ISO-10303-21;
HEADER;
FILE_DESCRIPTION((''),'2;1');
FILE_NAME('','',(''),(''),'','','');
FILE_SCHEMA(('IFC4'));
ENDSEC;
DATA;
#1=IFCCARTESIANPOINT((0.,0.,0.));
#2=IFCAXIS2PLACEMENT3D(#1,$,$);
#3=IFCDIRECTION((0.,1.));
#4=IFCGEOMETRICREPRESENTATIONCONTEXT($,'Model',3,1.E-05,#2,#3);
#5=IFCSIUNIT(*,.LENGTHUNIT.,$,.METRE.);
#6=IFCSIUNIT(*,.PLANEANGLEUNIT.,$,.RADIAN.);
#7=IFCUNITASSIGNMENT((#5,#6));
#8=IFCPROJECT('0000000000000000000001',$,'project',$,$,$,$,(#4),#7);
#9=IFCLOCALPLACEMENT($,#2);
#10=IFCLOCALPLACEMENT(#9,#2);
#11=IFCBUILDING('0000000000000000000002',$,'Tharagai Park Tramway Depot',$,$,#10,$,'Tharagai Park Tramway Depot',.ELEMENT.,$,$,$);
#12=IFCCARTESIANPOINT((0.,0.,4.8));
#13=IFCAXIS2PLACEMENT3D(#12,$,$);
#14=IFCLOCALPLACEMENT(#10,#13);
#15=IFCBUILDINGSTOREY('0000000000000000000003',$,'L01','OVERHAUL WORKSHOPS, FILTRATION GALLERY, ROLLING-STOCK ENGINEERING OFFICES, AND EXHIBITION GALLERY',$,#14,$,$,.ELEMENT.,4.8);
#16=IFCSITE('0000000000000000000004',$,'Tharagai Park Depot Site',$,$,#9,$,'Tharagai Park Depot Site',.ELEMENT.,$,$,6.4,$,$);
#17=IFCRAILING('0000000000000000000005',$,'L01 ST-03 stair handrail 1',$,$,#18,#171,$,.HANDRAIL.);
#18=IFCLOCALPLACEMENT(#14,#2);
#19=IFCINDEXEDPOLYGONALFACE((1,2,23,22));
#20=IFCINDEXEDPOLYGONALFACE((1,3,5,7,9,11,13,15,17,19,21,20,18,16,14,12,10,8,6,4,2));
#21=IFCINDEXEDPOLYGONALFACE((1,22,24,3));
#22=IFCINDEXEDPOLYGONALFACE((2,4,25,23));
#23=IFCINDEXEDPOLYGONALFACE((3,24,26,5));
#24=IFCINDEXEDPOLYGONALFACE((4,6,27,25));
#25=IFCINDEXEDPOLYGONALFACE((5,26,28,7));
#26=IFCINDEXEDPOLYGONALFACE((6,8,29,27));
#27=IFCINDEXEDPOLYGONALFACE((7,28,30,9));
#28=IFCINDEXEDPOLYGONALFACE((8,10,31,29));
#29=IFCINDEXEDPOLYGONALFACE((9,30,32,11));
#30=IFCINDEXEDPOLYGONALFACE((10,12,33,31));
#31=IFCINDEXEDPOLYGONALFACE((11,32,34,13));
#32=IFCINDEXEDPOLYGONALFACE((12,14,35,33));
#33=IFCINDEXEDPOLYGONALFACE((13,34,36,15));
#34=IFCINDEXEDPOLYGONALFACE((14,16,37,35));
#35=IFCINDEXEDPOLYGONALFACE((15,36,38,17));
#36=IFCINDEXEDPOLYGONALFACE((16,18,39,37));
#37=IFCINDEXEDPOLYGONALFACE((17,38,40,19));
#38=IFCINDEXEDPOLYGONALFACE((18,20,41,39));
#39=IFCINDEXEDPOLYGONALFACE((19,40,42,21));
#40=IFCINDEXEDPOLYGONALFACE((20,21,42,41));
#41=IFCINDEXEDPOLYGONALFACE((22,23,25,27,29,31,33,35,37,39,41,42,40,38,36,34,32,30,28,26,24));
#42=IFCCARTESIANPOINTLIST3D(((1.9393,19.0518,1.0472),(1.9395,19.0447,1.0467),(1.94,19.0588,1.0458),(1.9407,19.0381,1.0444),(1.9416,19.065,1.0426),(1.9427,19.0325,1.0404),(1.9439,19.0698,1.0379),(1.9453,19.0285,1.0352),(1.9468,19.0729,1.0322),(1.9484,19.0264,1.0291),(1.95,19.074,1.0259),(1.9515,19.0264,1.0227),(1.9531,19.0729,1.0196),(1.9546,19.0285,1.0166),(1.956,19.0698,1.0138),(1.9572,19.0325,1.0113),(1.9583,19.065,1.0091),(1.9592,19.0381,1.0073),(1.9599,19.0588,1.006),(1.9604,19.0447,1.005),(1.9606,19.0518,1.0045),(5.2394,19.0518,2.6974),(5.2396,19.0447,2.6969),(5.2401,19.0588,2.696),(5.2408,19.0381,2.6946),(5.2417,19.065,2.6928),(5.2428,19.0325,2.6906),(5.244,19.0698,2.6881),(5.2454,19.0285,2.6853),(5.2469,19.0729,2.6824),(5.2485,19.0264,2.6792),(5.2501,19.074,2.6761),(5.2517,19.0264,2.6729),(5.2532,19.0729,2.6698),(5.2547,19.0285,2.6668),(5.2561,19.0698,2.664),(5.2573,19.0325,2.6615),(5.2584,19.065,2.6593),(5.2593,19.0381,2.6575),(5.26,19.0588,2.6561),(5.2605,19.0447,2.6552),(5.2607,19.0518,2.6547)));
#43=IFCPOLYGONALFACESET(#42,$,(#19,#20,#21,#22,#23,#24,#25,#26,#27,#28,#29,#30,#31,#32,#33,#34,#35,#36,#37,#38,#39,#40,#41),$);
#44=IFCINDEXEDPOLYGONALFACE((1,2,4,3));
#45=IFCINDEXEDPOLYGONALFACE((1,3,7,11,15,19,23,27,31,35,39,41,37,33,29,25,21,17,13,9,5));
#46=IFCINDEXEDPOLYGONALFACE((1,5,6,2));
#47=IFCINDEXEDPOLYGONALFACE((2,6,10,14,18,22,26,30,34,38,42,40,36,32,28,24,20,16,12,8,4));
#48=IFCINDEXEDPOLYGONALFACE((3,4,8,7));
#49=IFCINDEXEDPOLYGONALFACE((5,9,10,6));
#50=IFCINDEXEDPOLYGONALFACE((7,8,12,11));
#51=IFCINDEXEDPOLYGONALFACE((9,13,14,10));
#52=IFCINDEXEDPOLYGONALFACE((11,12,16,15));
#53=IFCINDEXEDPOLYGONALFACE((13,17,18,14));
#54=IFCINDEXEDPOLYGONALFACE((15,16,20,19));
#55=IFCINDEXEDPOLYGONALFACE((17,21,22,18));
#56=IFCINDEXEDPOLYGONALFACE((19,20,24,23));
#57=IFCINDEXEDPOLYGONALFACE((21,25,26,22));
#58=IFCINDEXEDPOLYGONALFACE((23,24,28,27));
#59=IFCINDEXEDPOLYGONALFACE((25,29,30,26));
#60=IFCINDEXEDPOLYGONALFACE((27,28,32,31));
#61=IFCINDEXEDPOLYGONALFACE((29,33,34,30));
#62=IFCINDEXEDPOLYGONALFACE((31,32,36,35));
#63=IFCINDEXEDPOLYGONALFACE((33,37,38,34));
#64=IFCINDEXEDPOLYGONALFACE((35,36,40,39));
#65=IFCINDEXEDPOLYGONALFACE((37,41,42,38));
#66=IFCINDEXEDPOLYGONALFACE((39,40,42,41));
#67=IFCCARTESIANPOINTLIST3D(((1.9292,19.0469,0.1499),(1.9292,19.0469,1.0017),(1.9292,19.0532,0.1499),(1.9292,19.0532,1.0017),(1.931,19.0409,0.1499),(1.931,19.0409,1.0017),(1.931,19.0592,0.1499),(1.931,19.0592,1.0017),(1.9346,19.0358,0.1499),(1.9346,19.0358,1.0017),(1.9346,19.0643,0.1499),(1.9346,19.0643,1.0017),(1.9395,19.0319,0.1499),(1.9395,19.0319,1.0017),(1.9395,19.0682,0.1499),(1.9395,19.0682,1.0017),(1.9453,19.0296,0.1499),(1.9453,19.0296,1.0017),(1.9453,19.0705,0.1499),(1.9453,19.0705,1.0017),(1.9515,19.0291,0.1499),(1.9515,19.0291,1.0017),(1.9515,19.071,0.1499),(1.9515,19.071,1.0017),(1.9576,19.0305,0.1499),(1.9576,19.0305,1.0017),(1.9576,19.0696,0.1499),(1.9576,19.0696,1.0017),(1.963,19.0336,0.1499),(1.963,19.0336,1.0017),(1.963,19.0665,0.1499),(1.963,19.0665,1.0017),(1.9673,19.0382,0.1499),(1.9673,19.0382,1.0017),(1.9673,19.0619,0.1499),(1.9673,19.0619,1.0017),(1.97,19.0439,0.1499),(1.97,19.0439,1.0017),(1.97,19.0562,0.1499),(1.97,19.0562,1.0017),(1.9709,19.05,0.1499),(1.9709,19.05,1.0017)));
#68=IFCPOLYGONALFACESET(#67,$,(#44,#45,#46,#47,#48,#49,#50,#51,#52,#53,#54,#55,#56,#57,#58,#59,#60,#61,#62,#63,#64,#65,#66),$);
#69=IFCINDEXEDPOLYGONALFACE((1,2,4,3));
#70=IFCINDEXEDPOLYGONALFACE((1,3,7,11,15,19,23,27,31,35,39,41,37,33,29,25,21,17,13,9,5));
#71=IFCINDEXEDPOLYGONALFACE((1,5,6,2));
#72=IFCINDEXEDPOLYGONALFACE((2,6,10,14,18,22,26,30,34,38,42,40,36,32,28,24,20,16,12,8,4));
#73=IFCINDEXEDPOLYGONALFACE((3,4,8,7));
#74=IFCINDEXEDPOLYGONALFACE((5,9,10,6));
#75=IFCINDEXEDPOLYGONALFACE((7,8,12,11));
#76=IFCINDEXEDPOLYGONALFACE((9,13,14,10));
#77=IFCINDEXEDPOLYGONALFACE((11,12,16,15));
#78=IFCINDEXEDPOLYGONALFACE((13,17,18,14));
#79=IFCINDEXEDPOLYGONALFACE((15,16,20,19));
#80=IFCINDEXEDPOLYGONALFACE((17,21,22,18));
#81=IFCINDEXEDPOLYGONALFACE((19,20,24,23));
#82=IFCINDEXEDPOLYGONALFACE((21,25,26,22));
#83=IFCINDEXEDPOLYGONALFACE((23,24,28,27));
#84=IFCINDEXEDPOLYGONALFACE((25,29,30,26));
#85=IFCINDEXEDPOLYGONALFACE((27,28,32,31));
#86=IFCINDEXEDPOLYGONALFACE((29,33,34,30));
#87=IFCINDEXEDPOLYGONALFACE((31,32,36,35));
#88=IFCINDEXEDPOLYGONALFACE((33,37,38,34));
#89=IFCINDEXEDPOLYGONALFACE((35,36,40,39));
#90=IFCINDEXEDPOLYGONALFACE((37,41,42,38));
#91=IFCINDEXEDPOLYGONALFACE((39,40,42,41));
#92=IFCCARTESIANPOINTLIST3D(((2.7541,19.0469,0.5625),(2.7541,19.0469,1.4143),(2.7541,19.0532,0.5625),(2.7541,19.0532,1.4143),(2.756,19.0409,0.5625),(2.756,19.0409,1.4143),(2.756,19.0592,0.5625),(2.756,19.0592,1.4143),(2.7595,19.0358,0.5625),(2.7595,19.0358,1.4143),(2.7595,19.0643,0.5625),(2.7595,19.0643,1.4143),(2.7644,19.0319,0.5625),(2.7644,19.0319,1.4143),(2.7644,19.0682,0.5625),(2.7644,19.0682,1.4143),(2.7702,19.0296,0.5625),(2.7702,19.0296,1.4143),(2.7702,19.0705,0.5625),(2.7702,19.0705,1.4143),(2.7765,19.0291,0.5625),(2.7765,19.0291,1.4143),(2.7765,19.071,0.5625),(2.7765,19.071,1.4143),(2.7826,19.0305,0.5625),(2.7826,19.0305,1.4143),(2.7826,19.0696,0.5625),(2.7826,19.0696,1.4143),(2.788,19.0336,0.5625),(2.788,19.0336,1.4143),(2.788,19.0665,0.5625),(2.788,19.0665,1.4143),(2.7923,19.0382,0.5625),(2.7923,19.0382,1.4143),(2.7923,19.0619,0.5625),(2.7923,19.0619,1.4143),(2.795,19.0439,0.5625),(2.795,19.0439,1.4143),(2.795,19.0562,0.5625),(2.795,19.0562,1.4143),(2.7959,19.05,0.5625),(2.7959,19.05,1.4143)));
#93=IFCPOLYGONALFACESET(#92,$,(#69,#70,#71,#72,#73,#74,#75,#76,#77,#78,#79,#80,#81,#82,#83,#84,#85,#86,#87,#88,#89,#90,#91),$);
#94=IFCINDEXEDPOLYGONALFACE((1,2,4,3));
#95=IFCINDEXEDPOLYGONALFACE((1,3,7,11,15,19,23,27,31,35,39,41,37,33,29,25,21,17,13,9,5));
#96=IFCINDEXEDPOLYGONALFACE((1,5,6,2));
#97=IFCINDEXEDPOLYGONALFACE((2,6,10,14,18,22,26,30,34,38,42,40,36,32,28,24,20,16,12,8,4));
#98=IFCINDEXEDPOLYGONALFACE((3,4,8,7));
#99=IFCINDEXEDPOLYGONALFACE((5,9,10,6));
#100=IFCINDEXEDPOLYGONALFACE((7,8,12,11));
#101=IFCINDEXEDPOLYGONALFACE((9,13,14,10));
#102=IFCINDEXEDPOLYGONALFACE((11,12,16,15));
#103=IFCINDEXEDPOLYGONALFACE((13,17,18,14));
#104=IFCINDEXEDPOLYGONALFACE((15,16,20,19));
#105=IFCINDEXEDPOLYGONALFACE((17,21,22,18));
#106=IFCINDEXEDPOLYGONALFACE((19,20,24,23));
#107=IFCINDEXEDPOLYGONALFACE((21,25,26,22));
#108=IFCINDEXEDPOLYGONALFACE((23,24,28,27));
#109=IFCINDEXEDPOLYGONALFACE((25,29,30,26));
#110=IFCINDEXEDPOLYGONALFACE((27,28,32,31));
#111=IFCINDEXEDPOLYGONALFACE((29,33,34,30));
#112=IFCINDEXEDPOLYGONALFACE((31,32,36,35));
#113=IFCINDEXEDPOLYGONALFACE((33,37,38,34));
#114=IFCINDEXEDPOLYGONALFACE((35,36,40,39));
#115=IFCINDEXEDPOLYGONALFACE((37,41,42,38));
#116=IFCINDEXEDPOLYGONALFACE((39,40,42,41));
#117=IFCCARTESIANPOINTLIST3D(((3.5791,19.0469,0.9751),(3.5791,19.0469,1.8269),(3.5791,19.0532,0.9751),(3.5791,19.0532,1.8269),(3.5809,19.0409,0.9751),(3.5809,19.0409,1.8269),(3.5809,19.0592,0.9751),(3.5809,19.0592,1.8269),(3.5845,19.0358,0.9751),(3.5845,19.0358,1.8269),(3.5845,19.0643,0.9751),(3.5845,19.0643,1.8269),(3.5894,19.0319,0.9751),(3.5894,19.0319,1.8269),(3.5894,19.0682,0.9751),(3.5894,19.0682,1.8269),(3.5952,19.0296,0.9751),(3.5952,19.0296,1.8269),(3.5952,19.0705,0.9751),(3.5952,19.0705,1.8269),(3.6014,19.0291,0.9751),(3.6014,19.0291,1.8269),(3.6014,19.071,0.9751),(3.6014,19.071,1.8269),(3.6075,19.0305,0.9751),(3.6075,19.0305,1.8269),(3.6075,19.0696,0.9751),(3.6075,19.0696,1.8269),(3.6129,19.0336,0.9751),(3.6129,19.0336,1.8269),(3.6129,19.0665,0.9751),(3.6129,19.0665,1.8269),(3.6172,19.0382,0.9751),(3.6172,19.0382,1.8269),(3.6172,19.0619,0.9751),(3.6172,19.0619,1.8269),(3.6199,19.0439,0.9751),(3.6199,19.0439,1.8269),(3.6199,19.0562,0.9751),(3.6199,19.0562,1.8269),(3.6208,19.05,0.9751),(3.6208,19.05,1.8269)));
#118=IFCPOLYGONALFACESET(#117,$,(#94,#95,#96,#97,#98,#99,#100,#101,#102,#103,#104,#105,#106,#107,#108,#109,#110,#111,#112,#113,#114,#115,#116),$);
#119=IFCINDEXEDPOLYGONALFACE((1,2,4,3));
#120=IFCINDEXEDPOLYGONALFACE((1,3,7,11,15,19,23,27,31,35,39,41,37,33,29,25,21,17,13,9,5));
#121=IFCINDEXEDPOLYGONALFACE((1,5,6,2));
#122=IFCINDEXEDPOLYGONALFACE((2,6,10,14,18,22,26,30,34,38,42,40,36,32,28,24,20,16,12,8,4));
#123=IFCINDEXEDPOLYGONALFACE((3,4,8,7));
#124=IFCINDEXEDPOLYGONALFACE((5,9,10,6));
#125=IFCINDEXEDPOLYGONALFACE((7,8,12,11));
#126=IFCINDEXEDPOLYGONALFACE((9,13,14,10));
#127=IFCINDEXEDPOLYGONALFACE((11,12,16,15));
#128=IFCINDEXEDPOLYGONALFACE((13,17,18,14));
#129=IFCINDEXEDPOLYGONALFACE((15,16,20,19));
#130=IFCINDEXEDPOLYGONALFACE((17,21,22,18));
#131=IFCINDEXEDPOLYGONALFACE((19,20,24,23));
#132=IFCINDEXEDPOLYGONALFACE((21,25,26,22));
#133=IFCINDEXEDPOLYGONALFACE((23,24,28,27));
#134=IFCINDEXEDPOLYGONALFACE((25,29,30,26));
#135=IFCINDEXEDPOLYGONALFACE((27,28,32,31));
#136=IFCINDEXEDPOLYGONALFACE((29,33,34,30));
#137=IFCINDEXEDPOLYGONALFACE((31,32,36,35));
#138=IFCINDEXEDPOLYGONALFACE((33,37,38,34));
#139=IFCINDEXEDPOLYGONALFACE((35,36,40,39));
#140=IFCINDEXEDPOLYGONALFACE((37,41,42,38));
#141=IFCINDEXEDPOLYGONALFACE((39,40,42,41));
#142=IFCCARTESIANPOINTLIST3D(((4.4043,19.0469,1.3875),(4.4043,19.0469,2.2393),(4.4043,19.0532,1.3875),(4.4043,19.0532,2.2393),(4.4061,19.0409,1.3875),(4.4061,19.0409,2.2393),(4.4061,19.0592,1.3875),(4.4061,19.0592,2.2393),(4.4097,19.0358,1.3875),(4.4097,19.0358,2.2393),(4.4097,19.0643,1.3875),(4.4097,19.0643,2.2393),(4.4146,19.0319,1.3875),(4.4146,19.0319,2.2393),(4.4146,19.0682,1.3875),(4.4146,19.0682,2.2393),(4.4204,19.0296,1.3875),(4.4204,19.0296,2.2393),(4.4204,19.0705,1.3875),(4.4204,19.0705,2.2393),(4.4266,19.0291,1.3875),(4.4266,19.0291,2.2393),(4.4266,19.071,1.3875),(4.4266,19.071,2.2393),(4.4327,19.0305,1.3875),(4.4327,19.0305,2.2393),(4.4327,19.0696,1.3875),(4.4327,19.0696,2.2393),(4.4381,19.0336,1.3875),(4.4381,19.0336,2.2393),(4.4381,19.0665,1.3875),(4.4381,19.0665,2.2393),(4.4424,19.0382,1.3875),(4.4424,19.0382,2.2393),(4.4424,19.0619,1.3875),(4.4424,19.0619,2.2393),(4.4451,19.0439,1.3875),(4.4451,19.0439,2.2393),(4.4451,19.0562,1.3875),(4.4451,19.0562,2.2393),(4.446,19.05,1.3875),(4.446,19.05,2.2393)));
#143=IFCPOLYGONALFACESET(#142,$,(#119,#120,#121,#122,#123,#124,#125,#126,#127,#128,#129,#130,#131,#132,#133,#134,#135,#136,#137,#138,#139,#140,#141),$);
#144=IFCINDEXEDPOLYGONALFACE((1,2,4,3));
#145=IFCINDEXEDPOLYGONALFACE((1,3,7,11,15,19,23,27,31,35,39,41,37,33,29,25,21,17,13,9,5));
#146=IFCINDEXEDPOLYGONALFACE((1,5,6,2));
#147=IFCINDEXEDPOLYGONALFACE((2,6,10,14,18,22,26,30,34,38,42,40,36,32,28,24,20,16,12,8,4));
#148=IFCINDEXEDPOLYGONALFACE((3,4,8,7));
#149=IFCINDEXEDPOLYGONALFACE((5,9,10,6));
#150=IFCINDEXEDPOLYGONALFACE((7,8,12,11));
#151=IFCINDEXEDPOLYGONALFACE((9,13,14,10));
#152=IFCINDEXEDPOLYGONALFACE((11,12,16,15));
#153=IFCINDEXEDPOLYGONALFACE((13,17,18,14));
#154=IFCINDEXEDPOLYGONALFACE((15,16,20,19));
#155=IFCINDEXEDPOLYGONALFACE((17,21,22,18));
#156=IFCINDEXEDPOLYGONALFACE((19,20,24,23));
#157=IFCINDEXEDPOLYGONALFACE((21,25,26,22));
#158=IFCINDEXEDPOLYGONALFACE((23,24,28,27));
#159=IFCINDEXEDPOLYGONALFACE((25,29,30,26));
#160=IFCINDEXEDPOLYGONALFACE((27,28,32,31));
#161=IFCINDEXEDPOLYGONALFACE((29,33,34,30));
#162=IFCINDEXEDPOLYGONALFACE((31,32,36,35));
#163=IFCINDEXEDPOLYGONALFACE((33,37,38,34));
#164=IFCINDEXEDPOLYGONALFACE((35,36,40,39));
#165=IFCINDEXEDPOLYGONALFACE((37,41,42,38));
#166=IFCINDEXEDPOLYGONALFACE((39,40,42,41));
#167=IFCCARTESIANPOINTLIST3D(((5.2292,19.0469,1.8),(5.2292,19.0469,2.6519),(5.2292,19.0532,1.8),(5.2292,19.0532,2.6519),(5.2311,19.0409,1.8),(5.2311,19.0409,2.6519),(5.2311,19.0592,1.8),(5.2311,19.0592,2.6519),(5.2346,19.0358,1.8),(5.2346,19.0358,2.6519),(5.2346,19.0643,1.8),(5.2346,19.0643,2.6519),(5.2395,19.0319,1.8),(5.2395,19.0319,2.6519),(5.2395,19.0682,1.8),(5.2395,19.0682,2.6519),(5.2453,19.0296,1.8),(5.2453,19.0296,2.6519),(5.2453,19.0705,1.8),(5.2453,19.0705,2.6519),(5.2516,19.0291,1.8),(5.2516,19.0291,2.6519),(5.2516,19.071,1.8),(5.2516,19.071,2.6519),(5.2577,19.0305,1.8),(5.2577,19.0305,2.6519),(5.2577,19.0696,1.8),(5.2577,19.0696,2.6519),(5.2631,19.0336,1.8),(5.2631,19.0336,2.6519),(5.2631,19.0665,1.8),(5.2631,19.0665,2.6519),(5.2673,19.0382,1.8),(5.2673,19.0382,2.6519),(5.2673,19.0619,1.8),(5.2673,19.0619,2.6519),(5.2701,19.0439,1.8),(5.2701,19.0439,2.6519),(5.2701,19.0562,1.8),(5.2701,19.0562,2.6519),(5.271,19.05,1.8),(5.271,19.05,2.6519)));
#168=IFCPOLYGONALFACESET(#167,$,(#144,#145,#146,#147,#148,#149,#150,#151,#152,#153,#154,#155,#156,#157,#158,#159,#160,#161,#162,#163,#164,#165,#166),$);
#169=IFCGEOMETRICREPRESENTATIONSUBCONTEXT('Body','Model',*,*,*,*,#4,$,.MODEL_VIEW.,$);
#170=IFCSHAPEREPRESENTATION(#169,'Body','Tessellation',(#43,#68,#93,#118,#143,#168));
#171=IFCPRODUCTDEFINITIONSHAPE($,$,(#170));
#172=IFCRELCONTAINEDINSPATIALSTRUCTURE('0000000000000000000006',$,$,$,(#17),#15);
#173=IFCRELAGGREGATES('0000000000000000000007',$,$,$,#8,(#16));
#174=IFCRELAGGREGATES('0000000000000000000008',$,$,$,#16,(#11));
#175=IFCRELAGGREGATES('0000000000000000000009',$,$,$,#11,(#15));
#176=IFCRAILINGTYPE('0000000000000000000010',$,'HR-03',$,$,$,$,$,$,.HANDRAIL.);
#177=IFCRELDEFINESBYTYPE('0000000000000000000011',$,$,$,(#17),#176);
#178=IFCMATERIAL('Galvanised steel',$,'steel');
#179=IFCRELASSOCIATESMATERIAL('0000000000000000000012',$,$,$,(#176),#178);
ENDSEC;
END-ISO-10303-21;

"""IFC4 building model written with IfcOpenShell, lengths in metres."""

from ifc_helpers import new_model, si_unit, direction, frame, origin, origin_2d, place, context, subcontext, project, spatial, circle, extrude, material, type_object, element, save


model = new_model("IFC4")

# Units and contexts
model_context = context("Model", 3, precision=1e-05, world=origin(), true_north=direction((0.0, 1.0)))
body_context = subcontext(model_context, "Body", "Model", "MODEL_VIEW")
ifc_project = project(units=[si_unit("LENGTHUNIT", "METRE"), si_unit("PLANEANGLEUNIT", "RADIAN")], contexts=[model_context])

# Site, building, storey
site_placement = place(None, origin())
site = spatial("IfcSite", under=ifc_project, at=site_placement, Name="Tharagai Park Depot Site", LongName="Tharagai Park Depot Site", CompositionType="ELEMENT", RefElevation=6.4)
building_placement = place(site_placement, origin())
building = spatial("IfcBuilding", under=site, at=building_placement, Name="Tharagai Park Tramway Depot", LongName="Tharagai Park Tramway Depot", CompositionType="ELEMENT")
storey_placement = place(building_placement, frame((0.0, 0.0, 4.8)))
storey = spatial("IfcBuildingStorey", under=building, at=storey_placement, Name="L01", Description="OVERHAUL WORKSHOPS, FILTRATION GALLERY, ROLLING-STOCK ENGINEERING OFFICES, AND EXHIBITION GALLERY", CompositionType="ELEMENT", Elevation=4.8)

# Shared definitions
ifc_material_1 = material(Name="Galvanised steel", Category="steel")

# Railing
railing_type_1 = type_object("IfcRailingType", Name="HR-03", PredefinedType="HANDRAIL", material=ifc_material_1)
railing_1_placement = place(storey_placement, frame((1.95, 19.05, 0.1499)))
element("IfcRailing", 1, at=railing_1_placement, inside=storey, type_object=railing_type_1, Name="L01 ST-03 stair handrail 1", PredefinedType="HANDRAIL", context=body_context, shape_type="SweptSolid", body=[
    extrude(circle(Radius=0.0239, at=origin_2d()), frame((0.0, 0.0, 0.876), z_axis=(0.894414, 0.0, 0.44724), x_axis=(0.0, 1.0, 0.0)), (0.0, 0.0, 1.0), 3.6897),
    extrude(circle(Radius=0.021, at=origin_2d()), origin(), (0.0, 0.0, 1.0), 0.8518),
    extrude(circle(Radius=0.021, at=origin_2d()), frame((0.825, 0.0, 0.4126)), (0.0, 0.0, 1.0), 0.8518),
    extrude(circle(Radius=0.021, at=origin_2d()), frame((1.6499, 0.0, 0.8252)), (0.0, 0.0, 1.0), 0.8518),
    extrude(circle(Radius=0.021, at=origin_2d()), frame((2.4751, 0.0, 1.2375)), (0.0, 0.0, 1.0), 0.8518),
    extrude(circle(Radius=0.021, at=origin_2d()), frame((3.3, 0.0, 1.6501)), (0.0, 0.0, 1.0), 0.8518),
])

save(model, "model.ifc")
